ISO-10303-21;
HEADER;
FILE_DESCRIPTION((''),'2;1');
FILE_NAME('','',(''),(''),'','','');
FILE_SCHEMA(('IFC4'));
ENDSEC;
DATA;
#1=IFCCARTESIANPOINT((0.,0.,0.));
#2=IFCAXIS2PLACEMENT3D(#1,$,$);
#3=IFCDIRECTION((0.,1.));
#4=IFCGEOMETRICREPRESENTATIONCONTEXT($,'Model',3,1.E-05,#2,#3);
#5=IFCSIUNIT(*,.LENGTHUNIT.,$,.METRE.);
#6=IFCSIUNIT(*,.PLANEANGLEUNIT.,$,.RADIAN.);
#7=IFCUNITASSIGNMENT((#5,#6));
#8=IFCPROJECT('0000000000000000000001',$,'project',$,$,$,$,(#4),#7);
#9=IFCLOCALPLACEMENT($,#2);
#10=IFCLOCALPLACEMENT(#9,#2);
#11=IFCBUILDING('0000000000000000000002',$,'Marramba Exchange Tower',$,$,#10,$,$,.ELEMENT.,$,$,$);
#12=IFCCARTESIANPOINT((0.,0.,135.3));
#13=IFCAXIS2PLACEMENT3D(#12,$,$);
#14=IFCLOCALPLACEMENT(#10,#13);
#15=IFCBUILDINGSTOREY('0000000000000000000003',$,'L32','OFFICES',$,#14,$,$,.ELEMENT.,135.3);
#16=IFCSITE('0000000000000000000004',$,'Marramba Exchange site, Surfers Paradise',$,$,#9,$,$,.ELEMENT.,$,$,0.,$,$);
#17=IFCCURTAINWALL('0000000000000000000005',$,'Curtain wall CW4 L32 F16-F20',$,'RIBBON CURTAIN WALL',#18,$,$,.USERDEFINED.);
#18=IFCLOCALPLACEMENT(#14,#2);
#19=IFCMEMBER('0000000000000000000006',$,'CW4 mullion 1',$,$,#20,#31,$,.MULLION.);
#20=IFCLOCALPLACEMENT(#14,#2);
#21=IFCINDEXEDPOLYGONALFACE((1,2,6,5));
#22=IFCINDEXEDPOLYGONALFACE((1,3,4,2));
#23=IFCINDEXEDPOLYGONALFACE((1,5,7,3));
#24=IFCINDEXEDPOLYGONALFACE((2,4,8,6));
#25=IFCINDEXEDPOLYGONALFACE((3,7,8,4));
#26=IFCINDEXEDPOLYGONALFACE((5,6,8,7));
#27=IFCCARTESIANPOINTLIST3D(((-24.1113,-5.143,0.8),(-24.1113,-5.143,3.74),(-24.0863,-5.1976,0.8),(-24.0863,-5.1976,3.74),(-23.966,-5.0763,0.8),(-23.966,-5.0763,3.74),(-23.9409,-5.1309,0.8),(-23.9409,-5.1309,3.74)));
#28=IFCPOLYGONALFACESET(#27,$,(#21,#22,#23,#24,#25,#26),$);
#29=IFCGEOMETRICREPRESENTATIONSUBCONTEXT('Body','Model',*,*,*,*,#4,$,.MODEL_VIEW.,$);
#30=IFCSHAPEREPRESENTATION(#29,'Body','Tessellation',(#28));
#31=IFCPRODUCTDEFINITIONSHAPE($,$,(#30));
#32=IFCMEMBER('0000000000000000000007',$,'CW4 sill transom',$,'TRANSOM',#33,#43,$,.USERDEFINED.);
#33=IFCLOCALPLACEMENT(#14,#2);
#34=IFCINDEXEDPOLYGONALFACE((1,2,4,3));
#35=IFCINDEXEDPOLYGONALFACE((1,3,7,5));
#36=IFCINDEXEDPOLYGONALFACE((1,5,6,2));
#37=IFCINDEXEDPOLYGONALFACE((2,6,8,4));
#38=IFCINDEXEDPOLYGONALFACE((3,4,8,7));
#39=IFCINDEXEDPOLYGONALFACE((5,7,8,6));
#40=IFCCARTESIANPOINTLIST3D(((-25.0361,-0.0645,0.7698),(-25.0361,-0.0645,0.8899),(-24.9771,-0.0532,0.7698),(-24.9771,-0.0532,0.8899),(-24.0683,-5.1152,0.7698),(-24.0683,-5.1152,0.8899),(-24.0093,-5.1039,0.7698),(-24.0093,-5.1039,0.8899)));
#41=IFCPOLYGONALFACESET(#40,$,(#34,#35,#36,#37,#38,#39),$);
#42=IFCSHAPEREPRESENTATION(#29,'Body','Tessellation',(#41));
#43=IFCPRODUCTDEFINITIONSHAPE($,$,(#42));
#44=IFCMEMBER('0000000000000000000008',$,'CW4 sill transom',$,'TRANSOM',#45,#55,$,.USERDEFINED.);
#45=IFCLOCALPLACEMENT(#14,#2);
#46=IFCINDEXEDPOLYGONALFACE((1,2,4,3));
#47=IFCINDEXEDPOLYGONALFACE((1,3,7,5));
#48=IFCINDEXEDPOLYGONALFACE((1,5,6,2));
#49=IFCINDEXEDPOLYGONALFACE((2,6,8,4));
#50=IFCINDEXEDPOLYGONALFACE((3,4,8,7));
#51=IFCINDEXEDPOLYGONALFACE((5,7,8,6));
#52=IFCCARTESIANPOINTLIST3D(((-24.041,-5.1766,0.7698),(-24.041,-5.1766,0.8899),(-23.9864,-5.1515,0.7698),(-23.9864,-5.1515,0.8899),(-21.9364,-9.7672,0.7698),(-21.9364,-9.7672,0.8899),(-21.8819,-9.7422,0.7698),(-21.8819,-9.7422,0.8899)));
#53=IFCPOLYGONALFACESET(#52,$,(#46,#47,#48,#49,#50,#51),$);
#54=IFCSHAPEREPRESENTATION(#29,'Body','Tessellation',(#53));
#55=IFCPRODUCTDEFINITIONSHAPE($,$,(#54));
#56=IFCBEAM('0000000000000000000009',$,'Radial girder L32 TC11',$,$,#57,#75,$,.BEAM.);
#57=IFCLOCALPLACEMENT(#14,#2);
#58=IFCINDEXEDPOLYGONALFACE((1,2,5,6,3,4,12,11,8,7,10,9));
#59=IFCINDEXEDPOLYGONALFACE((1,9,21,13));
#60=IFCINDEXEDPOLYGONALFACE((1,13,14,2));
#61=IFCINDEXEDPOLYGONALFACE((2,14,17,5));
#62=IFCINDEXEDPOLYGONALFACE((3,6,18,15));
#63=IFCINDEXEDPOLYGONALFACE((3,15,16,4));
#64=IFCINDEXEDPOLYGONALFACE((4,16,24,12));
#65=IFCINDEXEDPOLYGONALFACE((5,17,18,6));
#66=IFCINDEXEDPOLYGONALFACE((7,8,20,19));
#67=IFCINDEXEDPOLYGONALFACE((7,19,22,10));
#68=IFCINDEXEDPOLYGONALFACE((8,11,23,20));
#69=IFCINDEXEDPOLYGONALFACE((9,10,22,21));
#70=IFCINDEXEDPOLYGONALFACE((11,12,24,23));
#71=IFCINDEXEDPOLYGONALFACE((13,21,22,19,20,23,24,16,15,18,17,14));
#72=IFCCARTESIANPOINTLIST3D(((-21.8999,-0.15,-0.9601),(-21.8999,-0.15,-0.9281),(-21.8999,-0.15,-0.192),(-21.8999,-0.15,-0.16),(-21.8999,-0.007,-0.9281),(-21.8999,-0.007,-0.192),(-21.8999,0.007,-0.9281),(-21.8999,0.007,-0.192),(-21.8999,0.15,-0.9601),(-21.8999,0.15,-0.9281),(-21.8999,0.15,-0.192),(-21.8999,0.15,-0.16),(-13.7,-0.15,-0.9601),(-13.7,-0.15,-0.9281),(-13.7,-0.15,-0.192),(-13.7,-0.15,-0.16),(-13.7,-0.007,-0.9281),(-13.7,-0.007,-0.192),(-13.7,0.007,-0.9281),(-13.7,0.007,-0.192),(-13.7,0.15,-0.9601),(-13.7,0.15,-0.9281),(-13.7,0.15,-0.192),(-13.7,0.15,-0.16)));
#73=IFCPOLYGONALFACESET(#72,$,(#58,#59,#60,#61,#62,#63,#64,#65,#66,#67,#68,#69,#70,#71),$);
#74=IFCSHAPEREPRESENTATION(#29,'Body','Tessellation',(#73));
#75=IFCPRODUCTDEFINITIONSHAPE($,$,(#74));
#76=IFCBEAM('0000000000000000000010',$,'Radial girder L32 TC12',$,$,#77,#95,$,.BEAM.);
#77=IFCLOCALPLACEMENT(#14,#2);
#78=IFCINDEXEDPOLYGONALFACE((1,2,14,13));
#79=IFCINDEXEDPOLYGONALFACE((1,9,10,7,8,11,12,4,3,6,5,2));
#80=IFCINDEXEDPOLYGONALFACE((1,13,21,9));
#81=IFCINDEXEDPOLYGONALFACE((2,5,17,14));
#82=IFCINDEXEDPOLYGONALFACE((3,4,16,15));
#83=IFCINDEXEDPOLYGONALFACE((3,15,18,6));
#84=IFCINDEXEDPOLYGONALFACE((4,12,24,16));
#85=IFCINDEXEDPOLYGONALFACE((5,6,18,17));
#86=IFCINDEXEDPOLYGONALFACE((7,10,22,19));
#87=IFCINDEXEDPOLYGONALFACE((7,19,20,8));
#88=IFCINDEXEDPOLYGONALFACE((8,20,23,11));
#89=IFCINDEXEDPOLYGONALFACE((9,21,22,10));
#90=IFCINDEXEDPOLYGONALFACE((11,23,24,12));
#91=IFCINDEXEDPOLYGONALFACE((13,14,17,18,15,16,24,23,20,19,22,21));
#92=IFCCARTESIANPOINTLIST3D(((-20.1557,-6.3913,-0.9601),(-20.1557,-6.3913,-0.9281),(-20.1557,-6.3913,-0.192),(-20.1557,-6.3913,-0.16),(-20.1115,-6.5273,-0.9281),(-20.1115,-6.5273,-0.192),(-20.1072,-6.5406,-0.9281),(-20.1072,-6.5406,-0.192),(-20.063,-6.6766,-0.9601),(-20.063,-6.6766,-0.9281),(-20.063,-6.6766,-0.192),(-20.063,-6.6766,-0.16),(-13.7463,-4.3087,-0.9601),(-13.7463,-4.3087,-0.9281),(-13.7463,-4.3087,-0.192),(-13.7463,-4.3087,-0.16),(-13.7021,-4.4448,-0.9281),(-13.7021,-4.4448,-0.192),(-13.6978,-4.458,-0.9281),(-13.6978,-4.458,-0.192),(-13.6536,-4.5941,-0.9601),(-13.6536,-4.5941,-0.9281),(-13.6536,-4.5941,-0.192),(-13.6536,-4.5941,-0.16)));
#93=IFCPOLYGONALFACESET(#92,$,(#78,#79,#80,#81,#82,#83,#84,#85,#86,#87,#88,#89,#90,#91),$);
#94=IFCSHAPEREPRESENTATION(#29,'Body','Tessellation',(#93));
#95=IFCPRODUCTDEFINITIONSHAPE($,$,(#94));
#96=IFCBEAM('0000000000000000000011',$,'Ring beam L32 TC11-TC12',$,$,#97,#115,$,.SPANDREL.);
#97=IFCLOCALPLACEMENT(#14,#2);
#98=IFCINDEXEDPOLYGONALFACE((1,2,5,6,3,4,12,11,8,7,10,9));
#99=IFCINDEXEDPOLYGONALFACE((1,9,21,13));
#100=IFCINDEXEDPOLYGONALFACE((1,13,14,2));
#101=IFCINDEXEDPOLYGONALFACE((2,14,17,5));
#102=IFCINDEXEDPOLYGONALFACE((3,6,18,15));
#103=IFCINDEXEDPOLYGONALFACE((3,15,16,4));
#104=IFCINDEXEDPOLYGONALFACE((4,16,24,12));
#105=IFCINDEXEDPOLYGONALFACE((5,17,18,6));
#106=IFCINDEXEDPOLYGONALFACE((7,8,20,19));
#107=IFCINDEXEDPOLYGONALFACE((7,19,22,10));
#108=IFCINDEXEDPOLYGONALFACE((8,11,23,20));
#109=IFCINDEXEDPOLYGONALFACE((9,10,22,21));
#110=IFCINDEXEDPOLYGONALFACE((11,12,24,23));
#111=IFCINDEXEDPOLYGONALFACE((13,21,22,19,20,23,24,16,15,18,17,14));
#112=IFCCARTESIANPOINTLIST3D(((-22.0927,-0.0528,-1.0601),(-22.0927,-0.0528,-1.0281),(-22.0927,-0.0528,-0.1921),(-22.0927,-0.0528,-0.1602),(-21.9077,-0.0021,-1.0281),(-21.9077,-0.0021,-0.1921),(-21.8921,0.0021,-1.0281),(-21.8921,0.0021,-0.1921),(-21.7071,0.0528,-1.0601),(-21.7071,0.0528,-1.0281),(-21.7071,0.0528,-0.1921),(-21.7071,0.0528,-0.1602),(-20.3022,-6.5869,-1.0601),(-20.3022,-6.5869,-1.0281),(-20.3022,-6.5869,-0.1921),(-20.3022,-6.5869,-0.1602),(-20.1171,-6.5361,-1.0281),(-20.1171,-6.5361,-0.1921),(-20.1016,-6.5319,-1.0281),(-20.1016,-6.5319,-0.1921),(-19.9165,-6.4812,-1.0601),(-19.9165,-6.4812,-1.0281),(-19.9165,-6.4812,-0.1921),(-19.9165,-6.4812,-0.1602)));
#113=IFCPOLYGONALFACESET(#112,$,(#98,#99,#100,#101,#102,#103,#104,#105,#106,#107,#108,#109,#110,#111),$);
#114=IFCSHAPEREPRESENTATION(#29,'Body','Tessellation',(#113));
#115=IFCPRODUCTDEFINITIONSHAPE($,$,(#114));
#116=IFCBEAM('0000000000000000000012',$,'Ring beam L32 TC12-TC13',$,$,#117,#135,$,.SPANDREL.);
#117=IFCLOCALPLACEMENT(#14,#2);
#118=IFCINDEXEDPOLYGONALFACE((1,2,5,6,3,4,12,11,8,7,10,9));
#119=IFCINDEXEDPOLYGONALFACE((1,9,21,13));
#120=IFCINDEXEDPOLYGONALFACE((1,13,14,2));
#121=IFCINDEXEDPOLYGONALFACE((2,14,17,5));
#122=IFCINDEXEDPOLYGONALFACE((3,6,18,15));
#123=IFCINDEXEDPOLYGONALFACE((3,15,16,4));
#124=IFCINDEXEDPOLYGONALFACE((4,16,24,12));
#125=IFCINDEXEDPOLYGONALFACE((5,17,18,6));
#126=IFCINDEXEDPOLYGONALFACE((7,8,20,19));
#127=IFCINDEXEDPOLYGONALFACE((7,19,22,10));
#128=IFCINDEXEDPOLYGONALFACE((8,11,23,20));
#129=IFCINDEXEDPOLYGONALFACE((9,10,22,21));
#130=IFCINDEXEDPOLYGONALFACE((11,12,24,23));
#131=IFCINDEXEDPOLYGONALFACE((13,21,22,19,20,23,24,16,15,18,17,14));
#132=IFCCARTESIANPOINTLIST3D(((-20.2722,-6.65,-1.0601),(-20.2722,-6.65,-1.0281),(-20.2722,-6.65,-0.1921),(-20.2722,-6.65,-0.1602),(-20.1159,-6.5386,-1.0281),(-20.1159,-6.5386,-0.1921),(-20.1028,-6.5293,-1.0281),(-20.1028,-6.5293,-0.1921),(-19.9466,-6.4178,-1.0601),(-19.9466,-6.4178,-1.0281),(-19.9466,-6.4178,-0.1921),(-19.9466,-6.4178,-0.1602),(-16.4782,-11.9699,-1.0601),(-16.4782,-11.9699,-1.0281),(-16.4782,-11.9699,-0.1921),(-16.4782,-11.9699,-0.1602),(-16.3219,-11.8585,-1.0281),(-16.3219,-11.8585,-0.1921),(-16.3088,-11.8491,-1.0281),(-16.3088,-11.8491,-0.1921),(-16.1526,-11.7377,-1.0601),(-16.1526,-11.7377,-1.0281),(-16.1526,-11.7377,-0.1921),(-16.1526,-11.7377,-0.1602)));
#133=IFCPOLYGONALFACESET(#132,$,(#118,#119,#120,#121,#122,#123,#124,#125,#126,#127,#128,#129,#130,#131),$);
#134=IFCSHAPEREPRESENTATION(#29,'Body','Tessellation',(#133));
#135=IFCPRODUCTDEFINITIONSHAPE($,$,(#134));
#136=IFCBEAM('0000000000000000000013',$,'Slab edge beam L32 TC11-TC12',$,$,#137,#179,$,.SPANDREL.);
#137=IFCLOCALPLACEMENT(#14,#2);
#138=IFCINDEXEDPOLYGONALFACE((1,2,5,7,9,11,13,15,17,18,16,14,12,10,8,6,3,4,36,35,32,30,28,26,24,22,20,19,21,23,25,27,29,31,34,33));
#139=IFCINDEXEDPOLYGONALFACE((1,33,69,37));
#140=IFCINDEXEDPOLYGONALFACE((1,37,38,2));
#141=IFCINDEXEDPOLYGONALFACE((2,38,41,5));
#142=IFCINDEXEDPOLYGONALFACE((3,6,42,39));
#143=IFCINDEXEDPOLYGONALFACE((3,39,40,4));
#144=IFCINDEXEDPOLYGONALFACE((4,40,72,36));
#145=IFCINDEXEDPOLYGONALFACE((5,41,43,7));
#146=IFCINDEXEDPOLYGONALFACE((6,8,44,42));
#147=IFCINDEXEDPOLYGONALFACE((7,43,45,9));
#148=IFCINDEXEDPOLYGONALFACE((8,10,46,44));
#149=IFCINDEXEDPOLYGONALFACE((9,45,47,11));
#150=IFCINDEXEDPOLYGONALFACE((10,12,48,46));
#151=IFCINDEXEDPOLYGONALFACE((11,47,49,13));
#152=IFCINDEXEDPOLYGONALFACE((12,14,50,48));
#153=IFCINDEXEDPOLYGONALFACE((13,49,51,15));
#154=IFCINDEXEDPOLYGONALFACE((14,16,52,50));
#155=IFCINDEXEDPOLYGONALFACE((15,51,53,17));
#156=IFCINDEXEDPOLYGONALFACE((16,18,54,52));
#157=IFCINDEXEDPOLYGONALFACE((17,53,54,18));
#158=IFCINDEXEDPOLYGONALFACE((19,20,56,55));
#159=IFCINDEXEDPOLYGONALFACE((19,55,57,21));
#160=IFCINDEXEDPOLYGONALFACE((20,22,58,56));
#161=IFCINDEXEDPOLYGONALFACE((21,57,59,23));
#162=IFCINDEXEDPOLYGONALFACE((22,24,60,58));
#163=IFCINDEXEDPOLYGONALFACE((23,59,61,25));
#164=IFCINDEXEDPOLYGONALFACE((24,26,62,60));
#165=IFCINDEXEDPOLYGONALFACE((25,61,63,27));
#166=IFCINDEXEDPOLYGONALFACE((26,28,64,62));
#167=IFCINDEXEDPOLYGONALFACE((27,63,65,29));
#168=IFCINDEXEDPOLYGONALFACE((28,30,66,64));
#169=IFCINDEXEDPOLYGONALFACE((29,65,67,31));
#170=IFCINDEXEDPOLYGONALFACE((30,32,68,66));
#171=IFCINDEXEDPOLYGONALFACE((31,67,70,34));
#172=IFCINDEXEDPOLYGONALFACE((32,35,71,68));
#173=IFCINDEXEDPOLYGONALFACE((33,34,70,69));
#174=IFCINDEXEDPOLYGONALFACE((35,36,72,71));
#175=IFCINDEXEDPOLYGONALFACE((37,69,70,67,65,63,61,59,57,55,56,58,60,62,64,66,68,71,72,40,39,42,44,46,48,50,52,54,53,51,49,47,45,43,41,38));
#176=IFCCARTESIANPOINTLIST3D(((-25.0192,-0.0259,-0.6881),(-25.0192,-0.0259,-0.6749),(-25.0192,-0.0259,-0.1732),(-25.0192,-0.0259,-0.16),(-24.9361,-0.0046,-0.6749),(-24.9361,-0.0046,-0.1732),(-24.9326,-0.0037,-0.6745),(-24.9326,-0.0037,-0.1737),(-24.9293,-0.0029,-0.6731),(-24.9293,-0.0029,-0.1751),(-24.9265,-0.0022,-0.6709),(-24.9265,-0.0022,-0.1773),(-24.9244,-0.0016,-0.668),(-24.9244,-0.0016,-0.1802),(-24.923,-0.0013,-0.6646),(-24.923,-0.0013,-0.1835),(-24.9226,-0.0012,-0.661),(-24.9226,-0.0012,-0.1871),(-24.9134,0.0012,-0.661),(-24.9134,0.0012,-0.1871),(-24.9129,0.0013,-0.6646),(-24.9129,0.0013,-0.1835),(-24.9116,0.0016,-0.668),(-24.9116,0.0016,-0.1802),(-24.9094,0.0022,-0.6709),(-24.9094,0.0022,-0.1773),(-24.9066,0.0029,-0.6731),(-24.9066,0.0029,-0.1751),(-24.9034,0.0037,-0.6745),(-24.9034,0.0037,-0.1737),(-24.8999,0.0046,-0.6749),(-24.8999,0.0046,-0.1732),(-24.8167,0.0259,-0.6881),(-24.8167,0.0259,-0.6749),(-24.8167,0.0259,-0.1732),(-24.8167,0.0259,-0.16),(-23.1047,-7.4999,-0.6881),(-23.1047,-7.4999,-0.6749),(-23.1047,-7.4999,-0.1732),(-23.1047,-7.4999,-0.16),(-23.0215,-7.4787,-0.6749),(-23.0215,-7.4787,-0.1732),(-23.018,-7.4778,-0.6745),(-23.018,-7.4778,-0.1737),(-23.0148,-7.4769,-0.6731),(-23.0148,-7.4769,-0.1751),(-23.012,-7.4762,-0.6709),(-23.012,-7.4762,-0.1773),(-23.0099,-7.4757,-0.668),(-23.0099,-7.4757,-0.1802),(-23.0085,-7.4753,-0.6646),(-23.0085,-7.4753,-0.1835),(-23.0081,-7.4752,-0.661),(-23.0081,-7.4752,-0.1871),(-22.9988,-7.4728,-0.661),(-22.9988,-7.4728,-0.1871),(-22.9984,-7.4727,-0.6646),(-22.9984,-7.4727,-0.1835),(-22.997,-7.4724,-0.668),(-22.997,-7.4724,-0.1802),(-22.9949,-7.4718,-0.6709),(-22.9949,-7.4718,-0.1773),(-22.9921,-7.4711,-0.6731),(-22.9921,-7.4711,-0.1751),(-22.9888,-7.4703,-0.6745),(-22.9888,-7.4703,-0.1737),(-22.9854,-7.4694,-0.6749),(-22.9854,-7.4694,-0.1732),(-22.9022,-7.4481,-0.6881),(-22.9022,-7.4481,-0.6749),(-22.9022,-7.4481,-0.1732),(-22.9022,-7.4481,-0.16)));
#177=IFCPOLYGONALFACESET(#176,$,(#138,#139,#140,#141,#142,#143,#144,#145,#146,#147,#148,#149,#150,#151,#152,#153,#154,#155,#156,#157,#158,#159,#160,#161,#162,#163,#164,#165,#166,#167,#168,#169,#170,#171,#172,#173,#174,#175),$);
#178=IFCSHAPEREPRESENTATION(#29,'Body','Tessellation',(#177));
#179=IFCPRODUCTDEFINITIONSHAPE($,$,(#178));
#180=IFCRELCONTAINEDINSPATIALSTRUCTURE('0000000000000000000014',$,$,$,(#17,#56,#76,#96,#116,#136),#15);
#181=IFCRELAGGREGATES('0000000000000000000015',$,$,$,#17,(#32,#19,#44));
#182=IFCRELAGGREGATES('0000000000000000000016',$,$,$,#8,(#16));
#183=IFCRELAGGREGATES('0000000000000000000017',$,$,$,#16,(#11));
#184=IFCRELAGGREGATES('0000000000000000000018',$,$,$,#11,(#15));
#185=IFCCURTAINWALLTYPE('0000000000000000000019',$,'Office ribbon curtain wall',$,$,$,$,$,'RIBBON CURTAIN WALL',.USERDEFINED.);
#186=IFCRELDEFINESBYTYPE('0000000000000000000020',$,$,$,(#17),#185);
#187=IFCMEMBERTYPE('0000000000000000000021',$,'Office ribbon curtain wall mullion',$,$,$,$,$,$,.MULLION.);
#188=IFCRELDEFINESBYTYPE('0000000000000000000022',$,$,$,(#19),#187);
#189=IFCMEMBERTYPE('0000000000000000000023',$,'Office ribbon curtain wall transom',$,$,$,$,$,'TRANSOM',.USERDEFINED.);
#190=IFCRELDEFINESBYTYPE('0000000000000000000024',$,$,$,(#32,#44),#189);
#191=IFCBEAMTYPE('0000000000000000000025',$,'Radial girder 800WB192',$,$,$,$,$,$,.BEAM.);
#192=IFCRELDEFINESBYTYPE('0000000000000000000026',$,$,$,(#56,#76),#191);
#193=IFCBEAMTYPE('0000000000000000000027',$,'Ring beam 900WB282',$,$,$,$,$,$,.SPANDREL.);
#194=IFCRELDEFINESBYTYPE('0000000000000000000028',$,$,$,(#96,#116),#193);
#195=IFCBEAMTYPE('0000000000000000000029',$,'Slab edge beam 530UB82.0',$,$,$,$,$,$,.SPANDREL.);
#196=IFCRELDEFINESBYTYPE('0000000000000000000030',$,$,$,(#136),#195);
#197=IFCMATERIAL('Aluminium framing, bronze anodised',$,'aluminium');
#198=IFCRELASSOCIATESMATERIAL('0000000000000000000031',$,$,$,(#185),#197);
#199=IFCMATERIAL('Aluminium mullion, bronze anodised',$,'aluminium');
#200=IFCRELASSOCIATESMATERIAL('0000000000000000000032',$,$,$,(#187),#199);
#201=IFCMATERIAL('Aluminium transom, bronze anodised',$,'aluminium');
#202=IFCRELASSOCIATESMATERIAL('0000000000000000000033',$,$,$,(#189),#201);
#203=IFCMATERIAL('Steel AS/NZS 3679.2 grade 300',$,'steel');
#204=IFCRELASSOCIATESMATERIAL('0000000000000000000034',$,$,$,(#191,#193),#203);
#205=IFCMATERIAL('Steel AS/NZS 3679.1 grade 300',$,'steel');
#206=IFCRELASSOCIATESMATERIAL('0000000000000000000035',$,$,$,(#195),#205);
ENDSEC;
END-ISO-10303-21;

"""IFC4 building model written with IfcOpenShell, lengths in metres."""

from ifc_helpers import new_model, si_unit, direction, frame, origin, origin_2d, place, context, subcontext, project, spatial, rectangle, i_section, extrude, material, material_profile, profile_set, type_object, element, aggregate, save


model = new_model("IFC4")

# Units and contexts
model_context = context("Model", 3, precision=1e-05, world=origin(), true_north=direction((0.0, 1.0)))
body_context = subcontext(model_context, "Body", "Model", "MODEL_VIEW")
ifc_project = project(units=[si_unit("LENGTHUNIT", "METRE"), si_unit("PLANEANGLEUNIT", "RADIAN")], contexts=[model_context])

# Site, building, storey
site_placement = place(None, origin())
site = spatial("IfcSite", under=ifc_project, at=site_placement, Name="Marramba Exchange site, Surfers Paradise", CompositionType="ELEMENT", RefElevation=0.0)
building_placement = place(site_placement, origin())
building = spatial("IfcBuilding", under=site, at=building_placement, Name="Marramba Exchange Tower", CompositionType="ELEMENT")
storey_placement = place(building_placement, frame((0.0, 0.0, 135.3)))
storey = spatial("IfcBuildingStorey", under=building, at=storey_placement, Name="L32", Description="OFFICES", CompositionType="ELEMENT", Elevation=135.3)

# Shared definitions
ifc_material_1 = material(Name="Steel AS/NZS 3679.2 grade 300", Category="steel")
ifc_material_2 = material(Name="Steel AS/NZS 3679.1 grade 300", Category="steel")

# Curtain wall, members
ifc_material_3 = material(Name="Aluminium framing, bronze anodised", Category="aluminium")
curtain_wall_type = type_object("IfcCurtainWallType", Name="Office ribbon curtain wall", ElementType="RIBBON CURTAIN WALL", PredefinedType="USERDEFINED", material=ifc_material_3)
curtain_wall_placement = place(storey_placement, origin())
curtain_wall = element("IfcCurtainWall", 1, at=curtain_wall_placement, inside=storey, type_object=curtain_wall_type, Name="Curtain wall CW4 L32 F16-F20", ObjectType="RIBBON CURTAIN WALL", PredefinedType="USERDEFINED")
ifc_material_4 = material(Name="Aluminium mullion, bronze anodised", Category="aluminium")
ifc_material_profile_1 = material_profile(ifc_material_4, rectangle(XDim=0.1599, YDim=0.0601, at=origin_2d()), Name="CW4 mullion 60x160")
ifc_profile_set_1 = profile_set([ifc_material_profile_1], Name="Aluminium mullion, bronze anodised")
member_type_1 = type_object("IfcMemberType", Name="Office ribbon curtain wall mullion", PredefinedType="MULLION", material=ifc_profile_set_1)
member_1_placement = place(storey_placement, frame((-24.0261, -5.137, 0.8), z_axis=(0.0, 0.0, 1.0), x_axis=(0.909027, 0.416738, 0.0)))
member_1 = element("IfcMember", 2, at=member_1_placement, type_object=member_type_1, Name="CW4 mullion 1", PredefinedType="MULLION", context=body_context, shape_type="SweptSolid", body=[
    extrude(rectangle(XDim=0.1599, YDim=0.0601, at=origin_2d()), origin(), (0.0, 0.0, 1.0), 2.9399),
])
ifc_material_5 = material(Name="Aluminium transom, bronze anodised", Category="aluminium")
ifc_material_profile_2 = material_profile(ifc_material_5, rectangle(XDim=0.0601, YDim=0.1201, at=origin_2d()), Name="CW4 transom 60x120")
ifc_profile_set_2 = profile_set([ifc_material_profile_2], Name="Aluminium transom, bronze anodised")
member_type_2 = type_object("IfcMemberType", Name="Office ribbon curtain wall transom", ElementType="TRANSOM", PredefinedType="USERDEFINED", material=ifc_profile_set_2)
member_2_placement = place(storey_placement, frame((-25.0066, -0.0588, 0.8298), z_axis=(0.188185, -0.982134, 0.0), x_axis=(0.982134, 0.188185, 0.0)))
member_2 = element("IfcMember", 3, at=member_2_placement, type_object=member_type_2, Name="CW4 sill transom", ObjectType="TRANSOM", PredefinedType="USERDEFINED", context=body_context, shape_type="SweptSolid", body=[
    extrude(rectangle(XDim=0.0601, YDim=0.1201, at=origin_2d()), origin(), (0.0, 0.0, 1.0), 5.1426),
])
member_3_placement = place(storey_placement, frame((-24.0137, -5.1641, 0.8298), z_axis=(0.416733, -0.909029, 0.0), x_axis=(0.909029, 0.416733, 0.0)))
member_3 = element("IfcMember", 4, at=member_3_placement, type_object=member_type_2, Name="CW4 sill transom", ObjectType="TRANSOM", PredefinedType="USERDEFINED", context=body_context, shape_type="SweptSolid", body=[
    extrude(rectangle(XDim=0.0601, YDim=0.1201, at=origin_2d()), origin(), (0.0, 0.0, 1.0), 5.05),
])

# Beams
ifc_material_profile_3 = material_profile(ifc_material_1, i_section(OverallWidth=0.3, OverallDepth=0.8, WebThickness=0.0139, FlangeThickness=0.032, at=origin_2d()), Name="800WB192")
ifc_profile_set_3 = profile_set([ifc_material_profile_3], Name="Steel AS/NZS 3679.2 grade 300")
beam_type_1 = type_object("IfcBeamType", Name="Radial girder 800WB192", PredefinedType="BEAM", material=ifc_profile_set_3)
beam_1_placement = place(storey_placement, frame((-13.7, 0.0, -0.5601), z_axis=(-1.0, 0.0, 0.0), x_axis=(0.0, -1.0, 0.0)))
element("IfcBeam", 5, at=beam_1_placement, inside=storey, type_object=beam_type_1, Name="Radial girder L32 TC11", PredefinedType="BEAM", context=body_context, shape_type="SweptSolid", body=[
    extrude(i_section(OverallWidth=0.3, OverallDepth=0.8, WebThickness=0.0139, FlangeThickness=0.032, at=origin_2d()), origin(), (0.0, 0.0, 1.0), 8.2),
])
beam_2_placement = place(storey_placement, frame((-13.7, -4.4514, -0.5601), z_axis=(-0.951058, -0.309013, 0.0), x_axis=(0.309013, -0.951058, 0.0)))
element("IfcBeam", 6, at=beam_2_placement, inside=storey, type_object=beam_type_1, Name="Radial girder L32 TC12", PredefinedType="BEAM", context=body_context, shape_type="SweptSolid", body=[
    extrude(i_section(OverallWidth=0.3, OverallDepth=0.8, WebThickness=0.0139, FlangeThickness=0.032, at=origin_2d()), origin(), (0.0, 0.0, 1.0), 6.7393),
])
ifc_material_profile_4 = material_profile(ifc_material_1, i_section(OverallWidth=0.3999, OverallDepth=0.8999, WebThickness=0.0161, FlangeThickness=0.032, at=origin_2d()), Name="900WB282")
ifc_profile_set_4 = profile_set([ifc_material_profile_4], Name="Steel AS/NZS 3679.2 grade 300")
beam_type_2 = type_object("IfcBeamType", Name="Ring beam 900WB282", PredefinedType="SPANDREL", material=ifc_profile_set_4)
beam_3_placement = place(storey_placement, frame((-21.8999, 0.0, -0.6101), z_axis=(0.264291, -0.964443, 0.0), x_axis=(0.964443, 0.264291, 0.0)))
element("IfcBeam", 7, at=beam_3_placement, inside=storey, type_object=beam_type_2, Name="Ring beam L32 TC11-TC12", PredefinedType="SPANDREL", context=body_context, shape_type="SweptSolid", body=[
    extrude(i_section(OverallWidth=0.3999, OverallDepth=0.8999, WebThickness=0.0161, FlangeThickness=0.032, at=origin_2d()), origin(), (0.0, 0.0, 1.0), 6.7749),
])
beam_4_placement = place(storey_placement, frame((-20.1094, -6.5339, -0.6101), z_axis=(0.580637, -0.814162, 0.0), x_axis=(0.814162, 0.580637, 0.0)))
element("IfcBeam", 8, at=beam_4_placement, inside=storey, type_object=beam_type_2, Name="Ring beam L32 TC12-TC13", PredefinedType="SPANDREL", context=body_context, shape_type="SweptSolid", body=[
    extrude(i_section(OverallWidth=0.3999, OverallDepth=0.8999, WebThickness=0.0161, FlangeThickness=0.032, at=origin_2d()), origin(), (0.0, 0.0, 1.0), 6.5342),
])
ifc_material_profile_5 = material_profile(ifc_material_2, i_section(OverallWidth=0.209, OverallDepth=0.5281, WebThickness=0.0095, FlangeThickness=0.0132, FilletRadius=0.0139, at=origin_2d()), Name="530UB82.0")
ifc_profile_set_5 = profile_set([ifc_material_profile_5], Name="Steel AS/NZS 3679.1 grade 300")
beam_type_3 = type_object("IfcBeamType", Name="Slab edge beam 530UB82.0", PredefinedType="SPANDREL", material=ifc_profile_set_5)
beam_5_placement = place(storey_placement, frame((-24.918, 0.0, -0.4241), z_axis=(0.248145, -0.968723, 0.0), x_axis=(0.968723, 0.248145, 0.0)))
element("IfcBeam", 9, at=beam_5_placement, inside=storey, type_object=beam_type_3, Name="Slab edge beam L32 TC11-TC12", PredefinedType="SPANDREL", context=body_context, shape_type="SweptSolid", body=[
    extrude(i_section(OverallWidth=0.209, OverallDepth=0.5281, WebThickness=0.0095, FlangeThickness=0.0132, FilletRadius=0.0139, at=origin_2d()), origin(), (0.0, 0.0, 1.0), 7.7153),
])

aggregate(curtain_wall, [member_2, member_1, member_3])

save(model, "model.ifc")
